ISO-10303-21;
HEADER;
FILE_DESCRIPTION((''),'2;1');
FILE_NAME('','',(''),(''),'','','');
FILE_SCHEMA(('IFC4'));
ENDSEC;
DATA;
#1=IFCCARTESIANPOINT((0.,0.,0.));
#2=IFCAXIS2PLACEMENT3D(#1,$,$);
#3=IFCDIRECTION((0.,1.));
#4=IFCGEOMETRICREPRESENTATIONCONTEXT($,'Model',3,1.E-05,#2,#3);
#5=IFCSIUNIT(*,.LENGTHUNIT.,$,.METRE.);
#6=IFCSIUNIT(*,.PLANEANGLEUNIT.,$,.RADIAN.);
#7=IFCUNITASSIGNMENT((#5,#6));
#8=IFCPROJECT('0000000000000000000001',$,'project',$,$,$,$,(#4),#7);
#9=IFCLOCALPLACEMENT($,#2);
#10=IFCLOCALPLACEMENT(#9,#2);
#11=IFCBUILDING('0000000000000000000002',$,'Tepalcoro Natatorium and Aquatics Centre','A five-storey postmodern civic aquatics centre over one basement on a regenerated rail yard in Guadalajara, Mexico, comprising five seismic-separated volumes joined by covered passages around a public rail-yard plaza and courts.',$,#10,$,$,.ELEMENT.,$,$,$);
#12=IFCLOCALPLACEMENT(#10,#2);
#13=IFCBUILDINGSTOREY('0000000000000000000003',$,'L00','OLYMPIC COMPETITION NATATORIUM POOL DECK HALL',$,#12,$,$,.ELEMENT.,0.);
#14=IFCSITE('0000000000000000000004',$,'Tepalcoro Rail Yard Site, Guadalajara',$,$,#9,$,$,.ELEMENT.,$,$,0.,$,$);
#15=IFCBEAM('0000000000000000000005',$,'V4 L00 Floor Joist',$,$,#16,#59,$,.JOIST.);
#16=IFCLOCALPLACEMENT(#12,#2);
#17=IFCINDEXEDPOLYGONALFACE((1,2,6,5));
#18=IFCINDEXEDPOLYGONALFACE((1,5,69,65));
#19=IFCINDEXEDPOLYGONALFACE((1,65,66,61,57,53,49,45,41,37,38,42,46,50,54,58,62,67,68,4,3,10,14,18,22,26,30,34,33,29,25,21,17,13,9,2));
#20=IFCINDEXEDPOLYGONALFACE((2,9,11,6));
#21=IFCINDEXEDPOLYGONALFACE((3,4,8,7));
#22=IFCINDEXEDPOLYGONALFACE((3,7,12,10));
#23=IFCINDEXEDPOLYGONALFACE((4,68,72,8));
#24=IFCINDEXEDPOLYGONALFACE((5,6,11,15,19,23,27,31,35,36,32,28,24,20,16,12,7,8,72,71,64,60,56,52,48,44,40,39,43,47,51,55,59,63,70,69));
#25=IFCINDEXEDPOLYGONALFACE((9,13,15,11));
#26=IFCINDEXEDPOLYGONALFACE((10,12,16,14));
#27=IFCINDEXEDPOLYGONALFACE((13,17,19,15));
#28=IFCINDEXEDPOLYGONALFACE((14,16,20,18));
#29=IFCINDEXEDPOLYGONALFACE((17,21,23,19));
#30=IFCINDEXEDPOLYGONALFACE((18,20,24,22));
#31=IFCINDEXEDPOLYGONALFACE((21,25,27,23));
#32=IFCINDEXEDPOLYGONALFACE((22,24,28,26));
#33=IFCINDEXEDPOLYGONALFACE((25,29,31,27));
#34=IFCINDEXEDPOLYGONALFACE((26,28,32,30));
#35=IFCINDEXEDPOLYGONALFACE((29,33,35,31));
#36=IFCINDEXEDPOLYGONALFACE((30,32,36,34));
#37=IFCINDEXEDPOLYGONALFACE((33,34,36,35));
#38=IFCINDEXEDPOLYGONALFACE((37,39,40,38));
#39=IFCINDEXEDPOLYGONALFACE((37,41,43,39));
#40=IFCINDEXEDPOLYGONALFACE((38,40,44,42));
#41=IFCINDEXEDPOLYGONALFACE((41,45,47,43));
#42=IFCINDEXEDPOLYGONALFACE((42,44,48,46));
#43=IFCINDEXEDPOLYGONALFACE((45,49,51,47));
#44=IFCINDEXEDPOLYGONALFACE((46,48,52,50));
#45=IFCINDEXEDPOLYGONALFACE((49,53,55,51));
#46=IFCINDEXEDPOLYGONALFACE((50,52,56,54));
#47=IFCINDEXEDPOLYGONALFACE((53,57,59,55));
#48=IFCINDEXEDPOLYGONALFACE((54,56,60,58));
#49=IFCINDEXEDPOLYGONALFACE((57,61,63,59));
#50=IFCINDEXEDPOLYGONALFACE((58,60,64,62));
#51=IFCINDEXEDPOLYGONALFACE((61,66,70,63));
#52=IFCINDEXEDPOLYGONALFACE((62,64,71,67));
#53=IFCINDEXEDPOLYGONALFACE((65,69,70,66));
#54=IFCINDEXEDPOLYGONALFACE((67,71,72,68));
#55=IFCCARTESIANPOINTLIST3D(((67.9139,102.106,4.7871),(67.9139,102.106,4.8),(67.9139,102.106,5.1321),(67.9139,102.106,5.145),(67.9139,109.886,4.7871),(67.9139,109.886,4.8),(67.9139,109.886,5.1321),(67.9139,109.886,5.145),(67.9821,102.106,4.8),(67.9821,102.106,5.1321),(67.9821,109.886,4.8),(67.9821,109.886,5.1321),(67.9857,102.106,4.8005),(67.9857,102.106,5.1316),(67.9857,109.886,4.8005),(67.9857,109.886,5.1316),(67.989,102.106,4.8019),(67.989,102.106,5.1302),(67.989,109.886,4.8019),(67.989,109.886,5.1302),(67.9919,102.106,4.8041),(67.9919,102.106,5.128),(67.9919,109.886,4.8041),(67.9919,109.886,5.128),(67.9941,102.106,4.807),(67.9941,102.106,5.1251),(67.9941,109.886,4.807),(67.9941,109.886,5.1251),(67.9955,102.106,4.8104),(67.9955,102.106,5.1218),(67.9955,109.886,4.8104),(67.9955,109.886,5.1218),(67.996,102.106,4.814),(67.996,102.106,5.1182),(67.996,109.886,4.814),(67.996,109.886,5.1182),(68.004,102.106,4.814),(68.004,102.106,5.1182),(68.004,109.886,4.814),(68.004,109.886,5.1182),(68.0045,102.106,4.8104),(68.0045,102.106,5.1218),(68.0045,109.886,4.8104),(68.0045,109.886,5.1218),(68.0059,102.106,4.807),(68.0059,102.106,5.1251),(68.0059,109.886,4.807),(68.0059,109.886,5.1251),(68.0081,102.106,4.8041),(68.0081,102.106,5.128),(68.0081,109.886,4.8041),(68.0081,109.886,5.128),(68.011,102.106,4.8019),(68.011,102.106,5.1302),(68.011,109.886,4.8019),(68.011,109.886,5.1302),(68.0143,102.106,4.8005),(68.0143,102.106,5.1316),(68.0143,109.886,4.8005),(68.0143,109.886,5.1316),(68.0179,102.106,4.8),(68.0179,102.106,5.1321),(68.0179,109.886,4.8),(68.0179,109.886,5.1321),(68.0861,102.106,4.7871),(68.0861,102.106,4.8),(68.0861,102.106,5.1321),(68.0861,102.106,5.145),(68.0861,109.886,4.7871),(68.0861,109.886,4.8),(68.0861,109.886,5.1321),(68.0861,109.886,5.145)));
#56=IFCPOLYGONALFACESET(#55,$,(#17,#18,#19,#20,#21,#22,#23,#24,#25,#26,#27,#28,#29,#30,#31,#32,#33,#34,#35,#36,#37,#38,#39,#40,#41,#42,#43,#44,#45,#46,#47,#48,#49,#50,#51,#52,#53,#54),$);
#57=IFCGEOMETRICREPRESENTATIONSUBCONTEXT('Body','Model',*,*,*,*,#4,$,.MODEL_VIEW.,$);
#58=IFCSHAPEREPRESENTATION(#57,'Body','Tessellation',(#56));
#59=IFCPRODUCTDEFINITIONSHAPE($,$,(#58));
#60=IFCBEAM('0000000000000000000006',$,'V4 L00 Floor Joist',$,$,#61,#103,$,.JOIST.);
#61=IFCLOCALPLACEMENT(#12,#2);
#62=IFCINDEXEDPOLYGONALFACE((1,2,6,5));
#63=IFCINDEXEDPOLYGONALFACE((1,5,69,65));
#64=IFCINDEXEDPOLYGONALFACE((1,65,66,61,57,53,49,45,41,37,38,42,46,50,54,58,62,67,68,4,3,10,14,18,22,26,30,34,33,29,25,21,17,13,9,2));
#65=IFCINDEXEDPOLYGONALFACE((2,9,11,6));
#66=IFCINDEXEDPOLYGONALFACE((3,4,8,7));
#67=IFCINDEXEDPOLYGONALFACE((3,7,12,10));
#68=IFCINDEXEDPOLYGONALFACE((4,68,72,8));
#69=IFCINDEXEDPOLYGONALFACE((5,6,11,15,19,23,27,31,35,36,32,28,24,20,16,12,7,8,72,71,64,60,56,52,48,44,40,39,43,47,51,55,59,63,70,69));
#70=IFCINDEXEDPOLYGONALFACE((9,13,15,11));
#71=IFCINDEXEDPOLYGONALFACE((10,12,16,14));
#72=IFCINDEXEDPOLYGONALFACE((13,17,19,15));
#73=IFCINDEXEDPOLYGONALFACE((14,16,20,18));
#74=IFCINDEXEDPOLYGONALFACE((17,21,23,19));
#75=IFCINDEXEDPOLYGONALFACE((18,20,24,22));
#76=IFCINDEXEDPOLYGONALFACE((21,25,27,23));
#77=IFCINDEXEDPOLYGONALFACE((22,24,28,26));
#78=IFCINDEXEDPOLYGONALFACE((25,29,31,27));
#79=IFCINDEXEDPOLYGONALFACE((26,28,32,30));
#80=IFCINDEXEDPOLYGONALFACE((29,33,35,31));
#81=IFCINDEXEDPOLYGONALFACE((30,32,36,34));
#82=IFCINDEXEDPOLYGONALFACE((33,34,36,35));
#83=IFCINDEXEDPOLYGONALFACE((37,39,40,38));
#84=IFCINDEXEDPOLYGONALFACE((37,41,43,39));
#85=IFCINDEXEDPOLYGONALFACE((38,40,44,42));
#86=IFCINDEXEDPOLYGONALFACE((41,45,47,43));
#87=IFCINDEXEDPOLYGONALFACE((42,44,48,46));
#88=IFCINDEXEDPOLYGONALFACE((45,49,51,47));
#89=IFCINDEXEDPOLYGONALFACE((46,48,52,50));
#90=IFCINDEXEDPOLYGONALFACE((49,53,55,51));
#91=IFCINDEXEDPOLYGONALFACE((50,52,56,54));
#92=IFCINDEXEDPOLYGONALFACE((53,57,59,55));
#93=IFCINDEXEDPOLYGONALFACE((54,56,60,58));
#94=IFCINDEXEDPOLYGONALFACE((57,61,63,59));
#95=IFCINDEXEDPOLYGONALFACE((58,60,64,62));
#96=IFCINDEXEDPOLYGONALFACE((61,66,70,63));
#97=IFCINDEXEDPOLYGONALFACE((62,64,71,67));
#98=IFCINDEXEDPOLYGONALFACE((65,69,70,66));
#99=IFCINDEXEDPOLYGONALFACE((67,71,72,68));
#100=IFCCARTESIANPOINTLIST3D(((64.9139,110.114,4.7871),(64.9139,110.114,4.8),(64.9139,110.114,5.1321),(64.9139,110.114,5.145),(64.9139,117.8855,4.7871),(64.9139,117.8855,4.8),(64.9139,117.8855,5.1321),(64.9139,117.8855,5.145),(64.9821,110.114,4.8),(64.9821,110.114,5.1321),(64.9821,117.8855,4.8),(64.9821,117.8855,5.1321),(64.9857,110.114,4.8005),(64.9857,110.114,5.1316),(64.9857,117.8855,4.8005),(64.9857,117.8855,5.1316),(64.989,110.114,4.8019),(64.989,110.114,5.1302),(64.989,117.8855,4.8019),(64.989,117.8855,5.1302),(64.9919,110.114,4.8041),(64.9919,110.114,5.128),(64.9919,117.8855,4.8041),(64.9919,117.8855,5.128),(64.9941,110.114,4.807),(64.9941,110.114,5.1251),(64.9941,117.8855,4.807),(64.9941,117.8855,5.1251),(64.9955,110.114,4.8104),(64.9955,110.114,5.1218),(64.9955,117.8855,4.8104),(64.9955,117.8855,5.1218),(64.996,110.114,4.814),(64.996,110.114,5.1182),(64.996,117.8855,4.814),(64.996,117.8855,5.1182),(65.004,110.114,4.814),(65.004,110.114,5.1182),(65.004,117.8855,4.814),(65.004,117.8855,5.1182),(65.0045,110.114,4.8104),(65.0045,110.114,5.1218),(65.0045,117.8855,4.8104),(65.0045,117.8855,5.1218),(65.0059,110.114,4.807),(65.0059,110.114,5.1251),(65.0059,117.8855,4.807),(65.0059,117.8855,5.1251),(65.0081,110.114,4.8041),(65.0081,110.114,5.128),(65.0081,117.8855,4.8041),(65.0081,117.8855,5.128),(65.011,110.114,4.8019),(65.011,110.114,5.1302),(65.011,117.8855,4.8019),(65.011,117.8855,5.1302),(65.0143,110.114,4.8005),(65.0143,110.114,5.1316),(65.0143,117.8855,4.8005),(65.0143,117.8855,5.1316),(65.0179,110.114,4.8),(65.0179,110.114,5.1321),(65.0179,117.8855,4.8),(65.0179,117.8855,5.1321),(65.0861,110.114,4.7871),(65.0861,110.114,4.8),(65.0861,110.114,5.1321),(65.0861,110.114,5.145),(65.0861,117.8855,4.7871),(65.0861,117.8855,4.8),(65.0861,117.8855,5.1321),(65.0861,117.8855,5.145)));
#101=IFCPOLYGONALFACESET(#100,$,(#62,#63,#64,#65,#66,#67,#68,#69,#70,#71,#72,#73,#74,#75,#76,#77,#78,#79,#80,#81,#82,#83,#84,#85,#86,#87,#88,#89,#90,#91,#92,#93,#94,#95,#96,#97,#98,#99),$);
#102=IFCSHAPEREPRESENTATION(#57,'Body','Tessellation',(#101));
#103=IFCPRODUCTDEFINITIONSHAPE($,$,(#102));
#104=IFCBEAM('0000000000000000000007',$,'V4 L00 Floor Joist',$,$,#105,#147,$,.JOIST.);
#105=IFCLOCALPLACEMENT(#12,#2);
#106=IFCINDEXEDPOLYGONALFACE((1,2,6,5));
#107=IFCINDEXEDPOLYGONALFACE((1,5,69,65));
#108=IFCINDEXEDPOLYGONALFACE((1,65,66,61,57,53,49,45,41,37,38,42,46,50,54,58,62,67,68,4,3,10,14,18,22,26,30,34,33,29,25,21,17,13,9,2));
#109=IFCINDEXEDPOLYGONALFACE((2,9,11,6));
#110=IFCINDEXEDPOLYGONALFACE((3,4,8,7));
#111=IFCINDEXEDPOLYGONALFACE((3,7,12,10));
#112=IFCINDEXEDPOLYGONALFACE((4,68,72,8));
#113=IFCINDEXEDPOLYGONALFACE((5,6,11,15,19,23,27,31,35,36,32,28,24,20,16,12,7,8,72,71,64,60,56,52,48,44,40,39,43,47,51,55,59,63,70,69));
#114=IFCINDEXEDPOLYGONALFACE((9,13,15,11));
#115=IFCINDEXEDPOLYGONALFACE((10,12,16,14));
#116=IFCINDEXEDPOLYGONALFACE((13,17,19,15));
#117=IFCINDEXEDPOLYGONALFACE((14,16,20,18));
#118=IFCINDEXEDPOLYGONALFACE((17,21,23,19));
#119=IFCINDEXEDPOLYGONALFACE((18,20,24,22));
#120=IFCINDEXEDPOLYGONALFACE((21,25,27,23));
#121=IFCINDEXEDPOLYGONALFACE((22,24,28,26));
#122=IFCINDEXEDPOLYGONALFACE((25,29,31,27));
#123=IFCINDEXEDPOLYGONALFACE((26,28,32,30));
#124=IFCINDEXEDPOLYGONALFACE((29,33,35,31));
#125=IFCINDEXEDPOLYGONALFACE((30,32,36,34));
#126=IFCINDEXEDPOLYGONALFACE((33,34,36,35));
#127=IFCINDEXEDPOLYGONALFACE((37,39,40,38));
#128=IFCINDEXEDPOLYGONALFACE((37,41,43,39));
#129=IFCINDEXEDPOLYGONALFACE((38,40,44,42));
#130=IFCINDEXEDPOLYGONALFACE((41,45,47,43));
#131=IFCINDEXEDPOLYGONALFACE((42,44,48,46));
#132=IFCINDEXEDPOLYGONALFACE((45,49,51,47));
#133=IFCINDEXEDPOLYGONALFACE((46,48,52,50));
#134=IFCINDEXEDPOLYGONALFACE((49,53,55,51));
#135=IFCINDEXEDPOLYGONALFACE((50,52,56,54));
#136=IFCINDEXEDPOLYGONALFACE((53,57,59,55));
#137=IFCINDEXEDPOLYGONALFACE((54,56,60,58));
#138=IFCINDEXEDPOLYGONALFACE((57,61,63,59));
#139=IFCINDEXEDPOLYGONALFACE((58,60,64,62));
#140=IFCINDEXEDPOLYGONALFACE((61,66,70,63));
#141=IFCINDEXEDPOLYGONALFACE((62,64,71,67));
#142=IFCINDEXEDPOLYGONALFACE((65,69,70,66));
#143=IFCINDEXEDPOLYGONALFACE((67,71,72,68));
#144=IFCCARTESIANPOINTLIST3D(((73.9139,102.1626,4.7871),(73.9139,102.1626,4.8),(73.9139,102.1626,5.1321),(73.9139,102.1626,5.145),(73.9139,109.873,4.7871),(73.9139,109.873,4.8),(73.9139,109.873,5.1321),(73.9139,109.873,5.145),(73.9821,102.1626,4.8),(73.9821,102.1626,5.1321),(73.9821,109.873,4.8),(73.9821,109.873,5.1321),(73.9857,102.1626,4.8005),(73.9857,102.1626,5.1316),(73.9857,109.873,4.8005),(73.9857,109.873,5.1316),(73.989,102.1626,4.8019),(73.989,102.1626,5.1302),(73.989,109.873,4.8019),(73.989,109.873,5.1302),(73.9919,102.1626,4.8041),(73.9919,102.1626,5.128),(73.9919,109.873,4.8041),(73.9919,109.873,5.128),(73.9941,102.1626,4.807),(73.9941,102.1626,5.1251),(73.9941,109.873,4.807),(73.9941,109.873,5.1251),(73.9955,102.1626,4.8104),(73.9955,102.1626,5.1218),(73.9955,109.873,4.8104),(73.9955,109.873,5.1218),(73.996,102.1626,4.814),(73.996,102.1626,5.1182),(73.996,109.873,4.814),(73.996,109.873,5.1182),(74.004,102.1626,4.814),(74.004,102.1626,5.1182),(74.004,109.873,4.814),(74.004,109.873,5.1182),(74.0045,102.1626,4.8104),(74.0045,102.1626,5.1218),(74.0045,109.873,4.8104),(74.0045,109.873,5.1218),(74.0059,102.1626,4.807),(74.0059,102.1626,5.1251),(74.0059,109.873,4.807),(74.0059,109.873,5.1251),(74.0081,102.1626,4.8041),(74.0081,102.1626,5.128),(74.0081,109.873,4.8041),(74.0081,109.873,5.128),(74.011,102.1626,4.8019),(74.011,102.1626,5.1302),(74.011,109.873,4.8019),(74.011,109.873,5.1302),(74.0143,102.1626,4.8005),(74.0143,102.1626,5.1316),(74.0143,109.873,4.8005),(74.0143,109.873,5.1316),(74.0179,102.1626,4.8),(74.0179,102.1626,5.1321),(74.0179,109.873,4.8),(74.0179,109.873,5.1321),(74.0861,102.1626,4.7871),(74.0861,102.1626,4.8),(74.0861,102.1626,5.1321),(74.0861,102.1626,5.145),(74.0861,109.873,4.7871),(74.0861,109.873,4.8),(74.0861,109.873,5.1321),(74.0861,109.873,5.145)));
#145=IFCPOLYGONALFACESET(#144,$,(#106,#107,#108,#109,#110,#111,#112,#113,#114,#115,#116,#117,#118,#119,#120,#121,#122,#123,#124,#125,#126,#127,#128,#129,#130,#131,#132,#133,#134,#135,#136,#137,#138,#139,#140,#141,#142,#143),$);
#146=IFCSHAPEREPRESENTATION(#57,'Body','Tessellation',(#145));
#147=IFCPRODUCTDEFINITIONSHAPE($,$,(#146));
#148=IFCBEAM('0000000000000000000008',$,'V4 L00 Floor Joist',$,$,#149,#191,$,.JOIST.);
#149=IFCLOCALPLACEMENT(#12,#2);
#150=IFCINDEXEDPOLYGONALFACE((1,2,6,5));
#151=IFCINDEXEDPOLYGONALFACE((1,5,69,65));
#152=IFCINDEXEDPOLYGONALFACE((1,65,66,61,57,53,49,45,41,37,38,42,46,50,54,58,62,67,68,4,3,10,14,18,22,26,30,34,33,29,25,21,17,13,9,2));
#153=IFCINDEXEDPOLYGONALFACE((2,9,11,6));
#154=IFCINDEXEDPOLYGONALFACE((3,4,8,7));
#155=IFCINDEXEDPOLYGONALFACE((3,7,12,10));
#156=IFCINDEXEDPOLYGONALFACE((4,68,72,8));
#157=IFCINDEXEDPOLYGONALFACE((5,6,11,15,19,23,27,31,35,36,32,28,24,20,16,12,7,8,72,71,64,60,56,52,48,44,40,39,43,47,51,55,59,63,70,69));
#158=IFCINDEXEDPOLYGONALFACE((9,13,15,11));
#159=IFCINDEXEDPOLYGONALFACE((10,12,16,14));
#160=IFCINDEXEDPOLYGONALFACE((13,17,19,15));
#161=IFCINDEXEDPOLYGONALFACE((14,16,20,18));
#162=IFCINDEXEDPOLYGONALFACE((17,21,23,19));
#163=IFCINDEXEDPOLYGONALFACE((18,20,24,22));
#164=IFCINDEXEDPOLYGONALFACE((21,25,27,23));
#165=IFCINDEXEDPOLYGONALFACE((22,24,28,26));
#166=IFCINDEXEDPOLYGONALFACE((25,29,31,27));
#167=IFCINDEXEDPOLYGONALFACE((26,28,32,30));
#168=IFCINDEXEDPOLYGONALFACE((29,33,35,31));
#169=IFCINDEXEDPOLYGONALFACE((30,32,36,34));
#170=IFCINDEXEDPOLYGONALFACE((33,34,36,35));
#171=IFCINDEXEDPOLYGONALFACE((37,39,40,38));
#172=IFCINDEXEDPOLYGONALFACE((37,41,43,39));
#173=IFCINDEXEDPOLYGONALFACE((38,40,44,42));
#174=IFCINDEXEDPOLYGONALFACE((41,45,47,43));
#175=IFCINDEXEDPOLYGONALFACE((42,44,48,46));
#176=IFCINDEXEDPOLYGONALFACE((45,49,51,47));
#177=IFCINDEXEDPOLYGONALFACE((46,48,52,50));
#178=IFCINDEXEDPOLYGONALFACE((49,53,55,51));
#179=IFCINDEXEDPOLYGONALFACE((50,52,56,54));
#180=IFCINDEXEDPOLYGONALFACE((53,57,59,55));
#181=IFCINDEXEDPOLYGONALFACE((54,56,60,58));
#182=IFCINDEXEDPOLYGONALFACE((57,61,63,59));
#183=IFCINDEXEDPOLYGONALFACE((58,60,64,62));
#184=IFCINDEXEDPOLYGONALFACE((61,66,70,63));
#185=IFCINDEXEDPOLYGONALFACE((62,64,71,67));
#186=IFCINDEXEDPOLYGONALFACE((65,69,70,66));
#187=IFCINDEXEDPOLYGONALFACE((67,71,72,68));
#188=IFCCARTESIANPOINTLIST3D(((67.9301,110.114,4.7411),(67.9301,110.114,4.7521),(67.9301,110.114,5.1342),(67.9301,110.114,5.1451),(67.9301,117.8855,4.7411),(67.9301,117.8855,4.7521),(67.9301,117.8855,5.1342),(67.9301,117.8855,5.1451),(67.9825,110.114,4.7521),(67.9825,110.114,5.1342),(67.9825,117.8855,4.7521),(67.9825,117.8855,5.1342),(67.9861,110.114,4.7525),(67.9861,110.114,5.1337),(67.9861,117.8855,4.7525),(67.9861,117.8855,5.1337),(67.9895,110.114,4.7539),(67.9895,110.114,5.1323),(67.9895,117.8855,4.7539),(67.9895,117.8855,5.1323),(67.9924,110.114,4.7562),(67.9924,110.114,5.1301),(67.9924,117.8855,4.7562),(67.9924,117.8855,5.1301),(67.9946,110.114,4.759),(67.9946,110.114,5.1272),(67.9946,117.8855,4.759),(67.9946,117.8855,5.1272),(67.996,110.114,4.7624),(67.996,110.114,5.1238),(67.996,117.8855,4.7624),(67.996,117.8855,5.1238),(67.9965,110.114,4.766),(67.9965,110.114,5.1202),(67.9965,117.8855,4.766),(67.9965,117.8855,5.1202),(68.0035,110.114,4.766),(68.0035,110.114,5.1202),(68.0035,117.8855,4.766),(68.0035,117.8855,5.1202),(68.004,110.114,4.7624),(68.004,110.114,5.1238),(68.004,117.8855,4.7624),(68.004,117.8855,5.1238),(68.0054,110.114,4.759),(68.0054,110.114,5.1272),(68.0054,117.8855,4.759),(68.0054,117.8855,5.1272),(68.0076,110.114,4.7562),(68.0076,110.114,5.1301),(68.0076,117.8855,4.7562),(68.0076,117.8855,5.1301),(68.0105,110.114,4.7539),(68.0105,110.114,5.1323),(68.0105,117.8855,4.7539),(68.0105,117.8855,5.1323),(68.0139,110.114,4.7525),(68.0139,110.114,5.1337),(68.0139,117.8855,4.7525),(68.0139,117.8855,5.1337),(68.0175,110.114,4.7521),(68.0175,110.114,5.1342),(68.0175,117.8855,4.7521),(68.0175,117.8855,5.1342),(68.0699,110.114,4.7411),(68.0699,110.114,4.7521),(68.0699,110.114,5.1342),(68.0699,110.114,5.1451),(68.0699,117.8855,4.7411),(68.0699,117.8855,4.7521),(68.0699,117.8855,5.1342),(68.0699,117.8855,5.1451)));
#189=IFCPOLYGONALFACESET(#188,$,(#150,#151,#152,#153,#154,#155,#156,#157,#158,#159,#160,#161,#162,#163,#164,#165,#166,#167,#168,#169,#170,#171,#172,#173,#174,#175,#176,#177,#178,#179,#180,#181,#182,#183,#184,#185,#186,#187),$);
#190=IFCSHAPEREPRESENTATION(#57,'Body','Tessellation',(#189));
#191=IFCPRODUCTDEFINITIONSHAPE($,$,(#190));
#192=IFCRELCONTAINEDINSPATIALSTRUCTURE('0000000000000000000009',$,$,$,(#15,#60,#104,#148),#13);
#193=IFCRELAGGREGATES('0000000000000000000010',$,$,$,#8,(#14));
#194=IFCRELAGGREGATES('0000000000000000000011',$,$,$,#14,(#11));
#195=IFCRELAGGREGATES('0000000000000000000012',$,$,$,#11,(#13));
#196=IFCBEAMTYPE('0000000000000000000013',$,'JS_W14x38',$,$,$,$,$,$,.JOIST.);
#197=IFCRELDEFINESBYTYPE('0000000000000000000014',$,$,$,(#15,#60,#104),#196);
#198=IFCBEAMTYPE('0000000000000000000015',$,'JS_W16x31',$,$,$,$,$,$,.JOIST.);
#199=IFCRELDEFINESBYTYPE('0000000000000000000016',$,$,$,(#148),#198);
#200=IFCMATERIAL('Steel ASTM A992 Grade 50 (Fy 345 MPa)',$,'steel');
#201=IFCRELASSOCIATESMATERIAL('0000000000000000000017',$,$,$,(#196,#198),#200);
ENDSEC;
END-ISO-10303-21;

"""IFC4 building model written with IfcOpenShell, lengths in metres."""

from ifc_helpers import new_model, si_unit, direction, frame, origin, origin_2d, place, context, subcontext, project, spatial, i_section, extrude, material, material_profile, profile_set, type_object, element, save


model = new_model("IFC4")

# Units and contexts
model_context = context("Model", 3, precision=1e-05, world=origin(), true_north=direction((0.0, 1.0)))
body_context = subcontext(model_context, "Body", "Model", "MODEL_VIEW")
ifc_project = project(units=[si_unit("LENGTHUNIT", "METRE"), si_unit("PLANEANGLEUNIT", "RADIAN")], contexts=[model_context])

# Site, building, storey
site_placement = place(None, origin())
site = spatial("IfcSite", under=ifc_project, at=site_placement, Name="Tepalcoro Rail Yard Site, Guadalajara", CompositionType="ELEMENT", RefElevation=0.0)
building_placement = place(site_placement, origin())
building = spatial("IfcBuilding", under=site, at=building_placement, Name="Tepalcoro Natatorium and Aquatics Centre", Description="A five-storey postmodern civic aquatics centre over one basement on a regenerated rail yard in Guadalajara, Mexico, comprising five seismic-separated volumes joined by covered passages around a public rail-yard plaza and courts.", CompositionType="ELEMENT")
storey_placement = place(building_placement, origin())
storey = spatial("IfcBuildingStorey", under=building, at=storey_placement, Name="L00", Description="OLYMPIC COMPETITION NATATORIUM POOL DECK HALL", CompositionType="ELEMENT", Elevation=0.0)

# Shared definitions
ifc_material_1 = material(Name="Steel ASTM A992 Grade 50 (Fy 345 MPa)", Category="steel")

# Beams
ifc_material_profile_1 = material_profile(ifc_material_1, i_section(OverallWidth=0.1721, OverallDepth=0.3579, WebThickness=0.0081, FlangeThickness=0.0129, FilletRadius=0.0139, at=origin_2d()), Name="W14X38")
ifc_profile_set_1 = profile_set([ifc_material_profile_1], Name="Steel ASTM A992 Grade 50 (Fy 345 MPa)")
beam_type_1 = type_object("IfcBeamType", Name="JS_W14x38", PredefinedType="JOIST", material=ifc_profile_set_1)
beam_1_placement = place(storey_placement, frame((68.0, 102.106, 4.9661), z_axis=(0.0, 1.0, 0.0), x_axis=(-1.0, 0.0, 0.0)))
element("IfcBeam", 1, at=beam_1_placement, inside=storey, type_object=beam_type_1, Name="V4 L00 Floor Joist", PredefinedType="JOIST", context=body_context, shape_type="SweptSolid", body=[
    extrude(i_section(OverallWidth=0.1721, OverallDepth=0.3579, WebThickness=0.0081, FlangeThickness=0.0129, FilletRadius=0.0139, at=origin_2d()), origin(), (0.0, 0.0, 1.0), 7.78),
])
beam_2_placement = place(storey_placement, frame((65.0, 110.114, 4.9661), z_axis=(0.0, 1.0, 0.0), x_axis=(-1.0, 0.0, 0.0)))
element("IfcBeam", 2, at=beam_2_placement, inside=storey, type_object=beam_type_1, Name="V4 L00 Floor Joist", PredefinedType="JOIST", context=body_context, shape_type="SweptSolid", body=[
    extrude(i_section(OverallWidth=0.1721, OverallDepth=0.3579, WebThickness=0.0081, FlangeThickness=0.0129, FilletRadius=0.0139, at=origin_2d()), origin(), (0.0, 0.0, 1.0), 7.7715),
])
beam_3_placement = place(storey_placement, frame((74.0, 102.1626, 4.9661), z_axis=(0.0, 1.0, 0.0), x_axis=(-1.0, 0.0, 0.0)))
element("IfcBeam", 3, at=beam_3_placement, inside=storey, type_object=beam_type_1, Name="V4 L00 Floor Joist", PredefinedType="JOIST", context=body_context, shape_type="SweptSolid", body=[
    extrude(i_section(OverallWidth=0.1721, OverallDepth=0.3579, WebThickness=0.0081, FlangeThickness=0.0129, FilletRadius=0.0139, at=origin_2d()), origin(), (0.0, 0.0, 1.0), 7.7104),
])
ifc_material_profile_2 = material_profile(ifc_material_1, i_section(OverallWidth=0.1399, OverallDepth=0.4041, WebThickness=0.0071, FlangeThickness=0.011, FilletRadius=0.0139, at=origin_2d()), Name="W16X31")
ifc_profile_set_2 = profile_set([ifc_material_profile_2], Name="Steel ASTM A992 Grade 50 (Fy 345 MPa)")
beam_type_2 = type_object("IfcBeamType", Name="JS_W16x31", PredefinedType="JOIST", material=ifc_profile_set_2)
beam_4_placement = place(storey_placement, frame((68.0, 110.114, 4.9431), z_axis=(0.0, 1.0, 0.0), x_axis=(-1.0, 0.0, 0.0)))
element("IfcBeam", 4, at=beam_4_placement, inside=storey, type_object=beam_type_2, Name="V4 L00 Floor Joist", PredefinedType="JOIST", context=body_context, shape_type="SweptSolid", body=[
    extrude(i_section(OverallWidth=0.1399, OverallDepth=0.4041, WebThickness=0.0071, FlangeThickness=0.011, FilletRadius=0.0139, at=origin_2d()), origin(), (0.0, 0.0, 1.0), 7.7715),
])

save(model, "model.ifc")
